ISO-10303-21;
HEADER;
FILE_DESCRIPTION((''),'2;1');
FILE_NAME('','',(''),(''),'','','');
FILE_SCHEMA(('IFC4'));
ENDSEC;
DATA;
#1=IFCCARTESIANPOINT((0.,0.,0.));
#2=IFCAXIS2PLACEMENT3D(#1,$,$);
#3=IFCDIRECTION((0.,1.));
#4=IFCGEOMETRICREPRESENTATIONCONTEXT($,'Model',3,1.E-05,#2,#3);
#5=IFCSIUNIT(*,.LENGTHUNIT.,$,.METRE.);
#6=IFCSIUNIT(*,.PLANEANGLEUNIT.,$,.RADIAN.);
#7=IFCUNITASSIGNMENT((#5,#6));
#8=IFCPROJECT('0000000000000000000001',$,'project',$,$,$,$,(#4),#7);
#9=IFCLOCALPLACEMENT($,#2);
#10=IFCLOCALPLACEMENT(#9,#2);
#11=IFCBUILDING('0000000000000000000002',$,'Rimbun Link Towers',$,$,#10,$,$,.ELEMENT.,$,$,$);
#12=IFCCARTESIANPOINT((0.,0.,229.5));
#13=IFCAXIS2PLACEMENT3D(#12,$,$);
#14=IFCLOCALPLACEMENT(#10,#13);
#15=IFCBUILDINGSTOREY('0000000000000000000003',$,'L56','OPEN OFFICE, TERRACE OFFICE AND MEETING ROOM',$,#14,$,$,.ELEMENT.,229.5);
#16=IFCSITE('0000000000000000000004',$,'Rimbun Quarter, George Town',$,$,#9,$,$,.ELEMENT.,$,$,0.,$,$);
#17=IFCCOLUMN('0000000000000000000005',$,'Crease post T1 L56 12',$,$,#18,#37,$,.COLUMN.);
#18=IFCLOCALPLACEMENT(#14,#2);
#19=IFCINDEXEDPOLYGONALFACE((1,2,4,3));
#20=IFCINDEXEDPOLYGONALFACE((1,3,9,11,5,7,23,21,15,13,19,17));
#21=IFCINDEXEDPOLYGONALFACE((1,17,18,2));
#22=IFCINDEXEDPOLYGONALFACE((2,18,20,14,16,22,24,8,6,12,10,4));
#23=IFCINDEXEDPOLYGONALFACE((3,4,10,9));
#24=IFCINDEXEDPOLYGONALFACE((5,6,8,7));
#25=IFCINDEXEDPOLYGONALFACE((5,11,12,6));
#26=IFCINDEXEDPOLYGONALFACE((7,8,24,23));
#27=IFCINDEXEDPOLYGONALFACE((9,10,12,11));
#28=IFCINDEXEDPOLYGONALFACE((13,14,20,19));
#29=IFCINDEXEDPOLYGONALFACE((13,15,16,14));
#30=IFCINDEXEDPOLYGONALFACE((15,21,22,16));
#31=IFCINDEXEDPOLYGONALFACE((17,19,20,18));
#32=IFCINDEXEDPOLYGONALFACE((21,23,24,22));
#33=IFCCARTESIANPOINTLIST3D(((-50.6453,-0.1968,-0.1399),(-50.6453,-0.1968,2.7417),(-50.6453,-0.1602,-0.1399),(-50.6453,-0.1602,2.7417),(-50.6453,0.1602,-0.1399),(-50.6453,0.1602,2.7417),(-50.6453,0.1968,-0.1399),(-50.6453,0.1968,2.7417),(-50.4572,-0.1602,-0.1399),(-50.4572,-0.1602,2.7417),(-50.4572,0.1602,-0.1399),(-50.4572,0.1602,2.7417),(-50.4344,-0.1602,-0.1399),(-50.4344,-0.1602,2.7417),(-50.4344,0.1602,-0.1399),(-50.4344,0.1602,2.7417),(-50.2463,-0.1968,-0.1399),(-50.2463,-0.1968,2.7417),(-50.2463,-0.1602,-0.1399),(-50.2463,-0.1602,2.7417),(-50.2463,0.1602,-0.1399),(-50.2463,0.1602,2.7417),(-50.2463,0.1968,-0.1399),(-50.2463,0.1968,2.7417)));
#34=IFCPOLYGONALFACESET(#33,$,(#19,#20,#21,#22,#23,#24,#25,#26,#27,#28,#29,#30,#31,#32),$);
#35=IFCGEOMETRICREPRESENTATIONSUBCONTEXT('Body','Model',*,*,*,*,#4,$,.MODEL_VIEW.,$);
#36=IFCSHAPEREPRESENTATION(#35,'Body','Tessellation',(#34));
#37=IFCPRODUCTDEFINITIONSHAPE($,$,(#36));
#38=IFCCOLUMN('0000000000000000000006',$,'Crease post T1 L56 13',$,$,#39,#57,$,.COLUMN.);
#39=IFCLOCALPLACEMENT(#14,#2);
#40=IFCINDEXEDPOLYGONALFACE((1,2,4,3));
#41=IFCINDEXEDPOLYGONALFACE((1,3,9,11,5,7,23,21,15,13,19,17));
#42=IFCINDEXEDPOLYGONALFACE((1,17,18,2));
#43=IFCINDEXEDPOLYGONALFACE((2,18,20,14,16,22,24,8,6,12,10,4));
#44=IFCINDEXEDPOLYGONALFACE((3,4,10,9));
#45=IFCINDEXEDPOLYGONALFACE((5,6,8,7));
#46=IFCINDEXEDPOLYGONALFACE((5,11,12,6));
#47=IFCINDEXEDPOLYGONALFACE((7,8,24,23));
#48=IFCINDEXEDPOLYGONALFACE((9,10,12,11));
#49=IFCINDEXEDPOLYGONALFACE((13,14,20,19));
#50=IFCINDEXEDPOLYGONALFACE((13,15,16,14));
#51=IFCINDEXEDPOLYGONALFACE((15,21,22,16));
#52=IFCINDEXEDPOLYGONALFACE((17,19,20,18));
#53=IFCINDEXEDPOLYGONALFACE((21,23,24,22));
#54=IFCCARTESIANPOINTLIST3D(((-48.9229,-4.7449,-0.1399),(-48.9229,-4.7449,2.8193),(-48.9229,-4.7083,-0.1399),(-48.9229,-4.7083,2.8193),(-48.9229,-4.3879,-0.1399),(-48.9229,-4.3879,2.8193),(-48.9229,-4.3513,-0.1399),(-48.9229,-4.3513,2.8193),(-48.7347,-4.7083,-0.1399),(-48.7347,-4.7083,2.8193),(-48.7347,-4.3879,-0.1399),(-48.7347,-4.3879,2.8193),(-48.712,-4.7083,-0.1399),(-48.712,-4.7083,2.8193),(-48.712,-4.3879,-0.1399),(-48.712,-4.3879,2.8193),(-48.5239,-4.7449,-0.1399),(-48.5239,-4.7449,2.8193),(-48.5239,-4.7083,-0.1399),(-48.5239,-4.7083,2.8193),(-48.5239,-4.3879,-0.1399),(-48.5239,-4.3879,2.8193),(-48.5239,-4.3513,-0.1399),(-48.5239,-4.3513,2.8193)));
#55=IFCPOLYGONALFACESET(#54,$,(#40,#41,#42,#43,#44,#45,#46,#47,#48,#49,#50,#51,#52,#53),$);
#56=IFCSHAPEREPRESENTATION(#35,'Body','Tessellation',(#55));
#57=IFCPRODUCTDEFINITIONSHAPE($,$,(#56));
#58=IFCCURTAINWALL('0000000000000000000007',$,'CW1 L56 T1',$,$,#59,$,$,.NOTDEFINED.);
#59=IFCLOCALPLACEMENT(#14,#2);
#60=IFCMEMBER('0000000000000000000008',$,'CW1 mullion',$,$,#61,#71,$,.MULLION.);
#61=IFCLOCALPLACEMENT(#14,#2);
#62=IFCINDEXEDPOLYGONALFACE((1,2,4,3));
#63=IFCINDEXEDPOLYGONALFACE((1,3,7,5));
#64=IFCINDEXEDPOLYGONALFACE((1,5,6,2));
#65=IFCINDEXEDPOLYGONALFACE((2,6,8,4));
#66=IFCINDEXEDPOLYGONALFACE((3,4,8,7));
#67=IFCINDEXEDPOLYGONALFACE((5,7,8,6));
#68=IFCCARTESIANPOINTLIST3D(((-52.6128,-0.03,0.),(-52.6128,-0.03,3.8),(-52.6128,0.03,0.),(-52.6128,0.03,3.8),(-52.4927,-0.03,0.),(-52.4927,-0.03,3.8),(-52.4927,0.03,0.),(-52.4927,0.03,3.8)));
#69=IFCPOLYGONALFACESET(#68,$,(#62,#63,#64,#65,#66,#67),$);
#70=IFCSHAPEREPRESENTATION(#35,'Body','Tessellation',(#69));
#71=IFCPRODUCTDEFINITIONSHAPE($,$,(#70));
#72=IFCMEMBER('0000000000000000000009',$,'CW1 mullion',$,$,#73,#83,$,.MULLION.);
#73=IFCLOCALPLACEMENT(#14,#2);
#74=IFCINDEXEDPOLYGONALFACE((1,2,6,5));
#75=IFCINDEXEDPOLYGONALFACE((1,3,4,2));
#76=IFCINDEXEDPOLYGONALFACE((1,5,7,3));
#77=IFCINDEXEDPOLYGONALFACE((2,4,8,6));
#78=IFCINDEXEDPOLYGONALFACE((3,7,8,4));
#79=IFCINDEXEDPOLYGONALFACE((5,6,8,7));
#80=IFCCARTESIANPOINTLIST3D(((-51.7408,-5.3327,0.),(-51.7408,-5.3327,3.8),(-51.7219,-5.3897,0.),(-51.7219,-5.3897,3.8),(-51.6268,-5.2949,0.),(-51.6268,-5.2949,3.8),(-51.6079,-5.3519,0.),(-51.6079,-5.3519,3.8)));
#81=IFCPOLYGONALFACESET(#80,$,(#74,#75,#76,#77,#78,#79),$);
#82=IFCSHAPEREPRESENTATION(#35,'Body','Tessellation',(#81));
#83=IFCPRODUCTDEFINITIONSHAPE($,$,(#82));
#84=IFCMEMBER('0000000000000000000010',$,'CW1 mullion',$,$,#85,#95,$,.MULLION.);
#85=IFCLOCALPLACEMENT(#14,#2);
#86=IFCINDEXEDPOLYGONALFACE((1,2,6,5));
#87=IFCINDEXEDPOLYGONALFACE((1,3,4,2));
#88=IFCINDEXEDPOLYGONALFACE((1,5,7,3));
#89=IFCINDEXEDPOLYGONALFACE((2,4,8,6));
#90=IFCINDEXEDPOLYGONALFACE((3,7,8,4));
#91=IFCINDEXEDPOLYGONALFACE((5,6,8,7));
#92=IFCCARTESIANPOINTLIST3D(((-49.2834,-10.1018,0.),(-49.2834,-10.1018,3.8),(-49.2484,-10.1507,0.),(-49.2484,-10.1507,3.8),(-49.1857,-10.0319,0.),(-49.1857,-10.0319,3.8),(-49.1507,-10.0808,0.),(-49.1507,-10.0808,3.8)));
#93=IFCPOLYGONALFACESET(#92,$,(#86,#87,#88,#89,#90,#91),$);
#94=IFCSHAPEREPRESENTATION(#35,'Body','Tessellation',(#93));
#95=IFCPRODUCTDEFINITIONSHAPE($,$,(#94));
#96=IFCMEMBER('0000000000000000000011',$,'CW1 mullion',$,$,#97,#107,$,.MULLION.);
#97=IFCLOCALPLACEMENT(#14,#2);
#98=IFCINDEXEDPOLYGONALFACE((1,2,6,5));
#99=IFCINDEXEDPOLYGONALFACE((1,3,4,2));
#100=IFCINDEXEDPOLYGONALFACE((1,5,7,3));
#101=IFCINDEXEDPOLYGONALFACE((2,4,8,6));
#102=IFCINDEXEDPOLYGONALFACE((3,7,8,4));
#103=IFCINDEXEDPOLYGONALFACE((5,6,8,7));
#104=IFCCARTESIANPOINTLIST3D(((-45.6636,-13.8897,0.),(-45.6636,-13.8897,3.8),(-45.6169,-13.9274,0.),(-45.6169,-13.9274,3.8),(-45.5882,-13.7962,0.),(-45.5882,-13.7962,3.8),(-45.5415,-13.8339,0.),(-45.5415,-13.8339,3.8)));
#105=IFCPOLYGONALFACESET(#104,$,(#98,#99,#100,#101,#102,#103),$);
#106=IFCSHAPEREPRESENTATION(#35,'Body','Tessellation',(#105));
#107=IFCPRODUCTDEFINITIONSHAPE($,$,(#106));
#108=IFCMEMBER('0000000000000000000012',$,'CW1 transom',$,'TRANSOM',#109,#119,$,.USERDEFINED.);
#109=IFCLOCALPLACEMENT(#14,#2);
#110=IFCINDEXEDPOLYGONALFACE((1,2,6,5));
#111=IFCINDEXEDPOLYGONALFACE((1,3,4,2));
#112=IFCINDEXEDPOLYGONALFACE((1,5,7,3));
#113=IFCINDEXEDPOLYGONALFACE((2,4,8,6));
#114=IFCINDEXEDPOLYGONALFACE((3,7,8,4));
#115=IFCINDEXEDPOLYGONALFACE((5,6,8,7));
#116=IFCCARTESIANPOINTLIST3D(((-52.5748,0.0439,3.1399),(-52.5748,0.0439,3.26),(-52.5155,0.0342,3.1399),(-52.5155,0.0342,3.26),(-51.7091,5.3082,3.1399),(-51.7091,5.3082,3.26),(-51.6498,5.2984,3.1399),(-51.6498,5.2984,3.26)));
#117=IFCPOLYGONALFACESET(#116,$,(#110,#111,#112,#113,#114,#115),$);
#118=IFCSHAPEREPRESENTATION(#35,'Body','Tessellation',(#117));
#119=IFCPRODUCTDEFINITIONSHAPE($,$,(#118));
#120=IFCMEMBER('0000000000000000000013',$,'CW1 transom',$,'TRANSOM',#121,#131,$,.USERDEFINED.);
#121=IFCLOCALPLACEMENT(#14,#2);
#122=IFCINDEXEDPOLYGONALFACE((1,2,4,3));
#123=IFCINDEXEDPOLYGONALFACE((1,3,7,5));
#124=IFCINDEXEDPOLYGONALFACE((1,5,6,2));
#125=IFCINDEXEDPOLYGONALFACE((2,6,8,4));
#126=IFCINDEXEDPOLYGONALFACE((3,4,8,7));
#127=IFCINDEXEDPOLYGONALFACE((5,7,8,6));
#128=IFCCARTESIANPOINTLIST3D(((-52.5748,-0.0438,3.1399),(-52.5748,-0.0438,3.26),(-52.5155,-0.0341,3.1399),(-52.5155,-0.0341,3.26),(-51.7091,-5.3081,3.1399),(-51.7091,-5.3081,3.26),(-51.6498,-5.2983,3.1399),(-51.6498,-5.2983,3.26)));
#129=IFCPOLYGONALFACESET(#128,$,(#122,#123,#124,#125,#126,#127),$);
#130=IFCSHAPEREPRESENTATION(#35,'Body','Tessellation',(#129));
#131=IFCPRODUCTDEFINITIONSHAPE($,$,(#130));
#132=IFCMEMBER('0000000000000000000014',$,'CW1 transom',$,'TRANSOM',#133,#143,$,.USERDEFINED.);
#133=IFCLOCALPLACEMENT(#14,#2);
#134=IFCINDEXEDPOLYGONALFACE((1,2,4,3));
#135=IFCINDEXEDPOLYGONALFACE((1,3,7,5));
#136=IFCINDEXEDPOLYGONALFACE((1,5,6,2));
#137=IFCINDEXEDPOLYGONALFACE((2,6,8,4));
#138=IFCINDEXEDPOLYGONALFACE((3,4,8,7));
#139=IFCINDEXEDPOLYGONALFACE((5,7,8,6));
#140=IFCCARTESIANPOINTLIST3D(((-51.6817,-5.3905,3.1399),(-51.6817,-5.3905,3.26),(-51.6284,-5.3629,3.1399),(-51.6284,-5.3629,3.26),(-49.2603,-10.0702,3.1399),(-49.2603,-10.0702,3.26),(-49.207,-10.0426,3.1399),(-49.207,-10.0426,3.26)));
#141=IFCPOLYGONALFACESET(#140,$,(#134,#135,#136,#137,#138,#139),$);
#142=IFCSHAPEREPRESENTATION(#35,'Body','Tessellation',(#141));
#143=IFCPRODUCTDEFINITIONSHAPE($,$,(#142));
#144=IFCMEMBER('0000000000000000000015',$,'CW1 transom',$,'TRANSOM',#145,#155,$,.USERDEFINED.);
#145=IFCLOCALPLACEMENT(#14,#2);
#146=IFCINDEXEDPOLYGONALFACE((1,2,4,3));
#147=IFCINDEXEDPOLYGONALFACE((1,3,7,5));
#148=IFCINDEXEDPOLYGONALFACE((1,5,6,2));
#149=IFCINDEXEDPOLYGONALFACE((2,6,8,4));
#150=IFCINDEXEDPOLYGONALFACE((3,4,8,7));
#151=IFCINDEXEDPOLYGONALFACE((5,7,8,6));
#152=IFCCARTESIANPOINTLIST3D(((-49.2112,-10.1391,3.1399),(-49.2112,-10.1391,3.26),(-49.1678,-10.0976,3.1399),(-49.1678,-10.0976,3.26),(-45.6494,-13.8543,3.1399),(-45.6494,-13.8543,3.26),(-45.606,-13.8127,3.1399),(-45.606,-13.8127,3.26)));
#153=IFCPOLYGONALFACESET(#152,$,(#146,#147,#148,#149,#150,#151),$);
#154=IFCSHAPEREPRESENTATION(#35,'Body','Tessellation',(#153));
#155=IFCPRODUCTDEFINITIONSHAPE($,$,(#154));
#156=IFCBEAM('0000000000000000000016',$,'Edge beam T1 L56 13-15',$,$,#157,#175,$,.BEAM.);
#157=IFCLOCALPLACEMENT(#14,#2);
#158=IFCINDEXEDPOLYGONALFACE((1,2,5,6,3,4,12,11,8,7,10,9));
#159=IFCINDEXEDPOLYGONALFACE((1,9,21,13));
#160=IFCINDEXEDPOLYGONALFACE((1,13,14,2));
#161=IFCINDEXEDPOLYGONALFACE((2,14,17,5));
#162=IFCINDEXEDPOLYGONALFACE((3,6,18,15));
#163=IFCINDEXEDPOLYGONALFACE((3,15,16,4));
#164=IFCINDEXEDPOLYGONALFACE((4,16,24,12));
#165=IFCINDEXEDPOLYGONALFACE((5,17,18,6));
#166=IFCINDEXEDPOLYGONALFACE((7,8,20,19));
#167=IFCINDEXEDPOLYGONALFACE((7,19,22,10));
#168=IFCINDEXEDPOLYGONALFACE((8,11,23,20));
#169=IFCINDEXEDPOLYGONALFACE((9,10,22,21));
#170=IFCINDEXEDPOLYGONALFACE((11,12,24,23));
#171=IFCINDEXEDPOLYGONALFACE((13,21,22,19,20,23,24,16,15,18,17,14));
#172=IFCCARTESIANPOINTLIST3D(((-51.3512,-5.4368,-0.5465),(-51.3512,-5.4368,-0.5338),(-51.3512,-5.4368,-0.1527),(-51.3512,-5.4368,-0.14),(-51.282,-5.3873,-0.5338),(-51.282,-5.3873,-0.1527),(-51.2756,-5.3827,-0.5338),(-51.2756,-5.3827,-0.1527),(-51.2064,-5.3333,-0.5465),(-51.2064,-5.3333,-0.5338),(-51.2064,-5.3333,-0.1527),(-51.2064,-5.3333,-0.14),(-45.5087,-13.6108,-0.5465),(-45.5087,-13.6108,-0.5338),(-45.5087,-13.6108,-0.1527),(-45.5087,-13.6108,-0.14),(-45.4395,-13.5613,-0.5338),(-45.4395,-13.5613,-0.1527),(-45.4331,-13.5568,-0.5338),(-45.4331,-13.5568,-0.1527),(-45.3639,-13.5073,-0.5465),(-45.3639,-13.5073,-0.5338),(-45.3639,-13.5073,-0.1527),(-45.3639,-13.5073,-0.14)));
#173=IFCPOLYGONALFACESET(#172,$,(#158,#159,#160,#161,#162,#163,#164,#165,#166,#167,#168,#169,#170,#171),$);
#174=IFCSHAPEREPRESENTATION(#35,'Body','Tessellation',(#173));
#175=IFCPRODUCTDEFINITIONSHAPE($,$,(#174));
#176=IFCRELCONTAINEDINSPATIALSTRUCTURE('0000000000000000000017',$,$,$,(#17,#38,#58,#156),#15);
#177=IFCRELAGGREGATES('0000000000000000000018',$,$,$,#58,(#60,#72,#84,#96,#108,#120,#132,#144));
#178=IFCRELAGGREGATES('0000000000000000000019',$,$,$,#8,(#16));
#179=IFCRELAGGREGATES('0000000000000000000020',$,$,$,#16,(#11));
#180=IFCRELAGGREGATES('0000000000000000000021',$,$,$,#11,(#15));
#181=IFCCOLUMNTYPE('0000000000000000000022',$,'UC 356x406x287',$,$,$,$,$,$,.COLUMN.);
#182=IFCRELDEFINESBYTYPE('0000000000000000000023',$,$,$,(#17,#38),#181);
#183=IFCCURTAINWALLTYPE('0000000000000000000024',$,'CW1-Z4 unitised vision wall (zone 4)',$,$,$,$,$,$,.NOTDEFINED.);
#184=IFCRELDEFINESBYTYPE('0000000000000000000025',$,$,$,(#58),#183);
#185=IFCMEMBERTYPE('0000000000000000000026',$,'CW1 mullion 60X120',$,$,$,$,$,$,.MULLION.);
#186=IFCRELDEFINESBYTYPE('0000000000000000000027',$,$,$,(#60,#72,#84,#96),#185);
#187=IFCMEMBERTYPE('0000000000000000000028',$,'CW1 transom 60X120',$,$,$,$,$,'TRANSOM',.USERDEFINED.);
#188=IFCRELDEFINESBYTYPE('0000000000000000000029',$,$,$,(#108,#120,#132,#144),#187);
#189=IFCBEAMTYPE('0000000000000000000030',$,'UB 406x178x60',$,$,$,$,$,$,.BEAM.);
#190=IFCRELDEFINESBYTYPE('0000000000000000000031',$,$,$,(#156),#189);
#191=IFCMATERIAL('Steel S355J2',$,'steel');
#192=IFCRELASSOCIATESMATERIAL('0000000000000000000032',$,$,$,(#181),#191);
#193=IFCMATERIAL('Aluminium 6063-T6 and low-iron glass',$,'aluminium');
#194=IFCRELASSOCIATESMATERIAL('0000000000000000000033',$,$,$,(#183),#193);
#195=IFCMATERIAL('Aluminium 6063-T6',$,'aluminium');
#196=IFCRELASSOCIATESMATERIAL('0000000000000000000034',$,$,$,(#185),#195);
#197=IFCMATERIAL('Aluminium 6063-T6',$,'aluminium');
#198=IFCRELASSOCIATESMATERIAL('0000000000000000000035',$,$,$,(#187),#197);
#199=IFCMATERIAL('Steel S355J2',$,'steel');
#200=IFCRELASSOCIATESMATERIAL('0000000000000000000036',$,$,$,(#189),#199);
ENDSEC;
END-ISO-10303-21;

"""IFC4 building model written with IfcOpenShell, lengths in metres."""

from ifc_helpers import new_model, si_unit, direction, frame, origin, origin_2d, place, context, subcontext, project, spatial, rectangle, i_section, extrude, material, material_profile, profile_set, type_object, element, aggregate, save


model = new_model("IFC4")

# Units and contexts
model_context = context("Model", 3, precision=1e-05, world=origin(), true_north=direction((0.0, 1.0)))
body_context = subcontext(model_context, "Body", "Model", "MODEL_VIEW")
ifc_project = project(units=[si_unit("LENGTHUNIT", "METRE"), si_unit("PLANEANGLEUNIT", "RADIAN")], contexts=[model_context])

# Site, building, storey
site_placement = place(None, origin())
site = spatial("IfcSite", under=ifc_project, at=site_placement, Name="Rimbun Quarter, George Town", CompositionType="ELEMENT", RefElevation=0.0)
building_placement = place(site_placement, origin())
building = spatial("IfcBuilding", under=site, at=building_placement, Name="Rimbun Link Towers", CompositionType="ELEMENT")
storey_placement = place(building_placement, frame((0.0, 0.0, 229.5)))
storey = spatial("IfcBuildingStorey", under=building, at=storey_placement, Name="L56", Description="OPEN OFFICE, TERRACE OFFICE AND MEETING ROOM", CompositionType="ELEMENT", Elevation=229.5)

# Columns
ifc_material_1 = material(Name="Steel S355J2", Category="steel")
ifc_material_profile_1 = material_profile(ifc_material_1, i_section(OverallWidth=0.3989, OverallDepth=0.3936, WebThickness=0.0227, FlangeThickness=0.0366, at=origin_2d()), Name="UC 356x406x287")
ifc_profile_set_1 = profile_set([ifc_material_profile_1], Name="Steel S355J2")
column_type = type_object("IfcColumnType", Name="UC 356x406x287", PredefinedType="COLUMN", material=ifc_profile_set_1)
column_1_placement = place(storey_placement, frame((-50.4458, 0.0, -0.1399), z_axis=(0.0, 0.0, 1.0), x_axis=(1.0, 0.0, 0.0)))
element("IfcColumn", 1, at=column_1_placement, inside=storey, type_object=column_type, Name="Crease post T1 L56 12", PredefinedType="COLUMN", context=body_context, shape_type="SweptSolid", body=[
    extrude(i_section(OverallWidth=0.3989, OverallDepth=0.3936, WebThickness=0.0227, FlangeThickness=0.0366, at=origin_2d()), origin(), (0.0, 0.0, 1.0), 2.8816),
])
column_2_placement = place(storey_placement, frame((-48.7234, -4.5481, -0.1399), z_axis=(0.0, 0.0, 1.0), x_axis=(1.0, 0.0, 0.0)))
element("IfcColumn", 2, at=column_2_placement, inside=storey, type_object=column_type, Name="Crease post T1 L56 13", PredefinedType="COLUMN", context=body_context, shape_type="SweptSolid", body=[
    extrude(i_section(OverallWidth=0.3989, OverallDepth=0.3936, WebThickness=0.0227, FlangeThickness=0.0366, at=origin_2d()), origin(), (0.0, 0.0, 1.0), 2.9592),
])

# Curtain wall, members
ifc_material_2 = material(Name="Aluminium 6063-T6 and low-iron glass", Category="aluminium")
curtain_wall_type = type_object("IfcCurtainWallType", Name="CW1-Z4 unitised vision wall (zone 4)", PredefinedType="NOTDEFINED", material=ifc_material_2)
curtain_wall_placement = place(storey_placement, origin())
curtain_wall = element("IfcCurtainWall", 3, at=curtain_wall_placement, inside=storey, type_object=curtain_wall_type, Name="CW1 L56 T1", PredefinedType="NOTDEFINED")
ifc_material_3 = material(Name="Aluminium 6063-T6", Category="aluminium")
ifc_material_profile_2 = material_profile(ifc_material_3, rectangle(XDim=0.1201, YDim=0.0601, at=origin_2d()), Name="MULLION 60X120")
ifc_profile_set_2 = profile_set([ifc_material_profile_2], Name="Aluminium 6063-T6")
member_type_1 = type_object("IfcMemberType", Name="CW1 mullion 60X120", PredefinedType="MULLION", material=ifc_profile_set_2)
member_1_placement = place(storey_placement, frame((-52.5527, 0.0, 0.0), z_axis=(0.0, 0.0, 1.0), x_axis=(-1.0, 0.0, 0.0)))
member_1 = element("IfcMember", 4, at=member_1_placement, type_object=member_type_1, Name="CW1 mullion", PredefinedType="MULLION", context=body_context, shape_type="SweptSolid", body=[
    extrude(rectangle(XDim=0.1201, YDim=0.0601, at=origin_2d()), origin(), (0.0, 0.0, 1.0), 3.8),
])
member_2_placement = place(storey_placement, frame((-51.6743, -5.3423, 0.0), z_axis=(0.0, 0.0, 1.0), x_axis=(-0.949161, -0.31479, 0.0)))
member_2 = element("IfcMember", 5, at=member_2_placement, type_object=member_type_1, Name="CW1 mullion", PredefinedType="MULLION", context=body_context, shape_type="SweptSolid", body=[
    extrude(rectangle(XDim=0.1201, YDim=0.0601, at=origin_2d()), origin(), (0.0, 0.0, 1.0), 3.8),
])
member_3_placement = place(storey_placement, frame((-49.217, -10.0913, 0.0), z_axis=(0.0, 0.0, 1.0), x_axis=(-0.813354, -0.58177, 0.0)))
member_3 = element("IfcMember", 6, at=member_3_placement, type_object=member_type_1, Name="CW1 mullion", PredefinedType="MULLION", context=body_context, shape_type="SweptSolid", body=[
    extrude(rectangle(XDim=0.1201, YDim=0.0601, at=origin_2d()), origin(), (0.0, 0.0, 1.0), 3.8),
])
member_4_placement = place(storey_placement, frame((-45.6025, -13.8618, 0.0), z_axis=(0.0, 0.0, 1.0), x_axis=(-0.627673, -0.778477, 0.0)))
member_4 = element("IfcMember", 7, at=member_4_placement, type_object=member_type_1, Name="CW1 mullion", PredefinedType="MULLION", context=body_context, shape_type="SweptSolid", body=[
    extrude(rectangle(XDim=0.1201, YDim=0.0601, at=origin_2d()), origin(), (0.0, 0.0, 1.0), 3.8),
])
ifc_material_4 = material(Name="Aluminium 6063-T6", Category="aluminium")
ifc_material_profile_3 = material_profile(ifc_material_4, rectangle(XDim=0.0601, YDim=0.1201, at=origin_2d()), Name="TRANSOM 60X120")
ifc_profile_set_3 = profile_set([ifc_material_profile_3], Name="Aluminium 6063-T6")
member_type_2 = type_object("IfcMemberType", Name="CW1 transom 60X120", ElementType="TRANSOM", PredefinedType="USERDEFINED", material=ifc_profile_set_3)
member_5_placement = place(storey_placement, frame((-52.5452, 0.0391, 3.2), z_axis=(0.162276, 0.986745, 0.0), x_axis=(-0.986745, 0.162276, 0.0)))
member_5 = element("IfcMember", 8, at=member_5_placement, type_object=member_type_2, Name="CW1 transom", ObjectType="TRANSOM", PredefinedType="USERDEFINED", context=body_context, shape_type="SweptSolid", body=[
    extrude(rectangle(XDim=0.0601, YDim=0.1201, at=origin_2d()), origin(), (0.0, 0.0, 1.0), 5.335),
])
member_6_placement = place(storey_placement, frame((-51.6794, -5.3032, 3.2), z_axis=(-0.162276, 0.986745, 0.0), x_axis=(-0.986745, -0.162276, 0.0)))
member_6 = element("IfcMember", 9, at=member_6_placement, type_object=member_type_2, Name="CW1 transom", ObjectType="TRANSOM", PredefinedType="USERDEFINED", context=body_context, shape_type="SweptSolid", body=[
    extrude(rectangle(XDim=0.0601, YDim=0.1201, at=origin_2d()), origin(), (0.0, 0.0, 1.0), 5.335),
])
member_7_placement = place(storey_placement, frame((-49.2336, -10.0564, 3.2), z_axis=(-0.459551, 0.888151, 0.0), x_axis=(-0.888151, -0.459551, 0.0)))
member_7 = element("IfcMember", 10, at=member_7_placement, type_object=member_type_2, Name="CW1 transom", ObjectType="TRANSOM", PredefinedType="USERDEFINED", context=body_context, shape_type="SweptSolid", body=[
    extrude(rectangle(XDim=0.0601, YDim=0.1201, at=origin_2d()), origin(), (0.0, 0.0, 1.0), 5.269),
])
member_8_placement = place(storey_placement, frame((-45.6277, -13.8335, 3.2), z_axis=(-0.692055, 0.721845, 0.0), x_axis=(-0.721845, -0.692055, 0.0)))
member_8 = element("IfcMember", 11, at=member_8_placement, type_object=member_type_2, Name="CW1 transom", ObjectType="TRANSOM", PredefinedType="USERDEFINED", context=body_context, shape_type="SweptSolid", body=[
    extrude(rectangle(XDim=0.0601, YDim=0.1201, at=origin_2d()), origin(), (0.0, 0.0, 1.0), 5.1467),
])

# Beam
ifc_material_5 = material(Name="Steel S355J2", Category="steel")
ifc_material_profile_4 = material_profile(ifc_material_5, i_section(OverallWidth=0.178, OverallDepth=0.4065, WebThickness=0.0078, FlangeThickness=0.0127, at=origin_2d()), Name="UB 406x178x60")
ifc_profile_set_4 = profile_set([ifc_material_profile_4], Name="Steel S355J2")
beam_type = type_object("IfcBeamType", Name="UB 406x178x60", PredefinedType="BEAM", material=ifc_profile_set_4)
beam_1_placement = place(storey_placement, frame((-51.2788, -5.385, -0.3433), z_axis=(0.581496, -0.81355, 0.0), x_axis=(0.81355, 0.581496, 0.0)))
element("IfcBeam", 12, at=beam_1_placement, inside=storey, type_object=beam_type, Name="Edge beam T1 L56 13-15", PredefinedType="BEAM", context=body_context, shape_type="SweptSolid", body=[
    extrude(i_section(OverallWidth=0.178, OverallDepth=0.4065, WebThickness=0.0078, FlangeThickness=0.0127, at=origin_2d()), origin(), (0.0, 0.0, 1.0), 10.0474),
])

aggregate(curtain_wall, [member_1, member_2, member_3, member_4, member_5, member_6, member_7, member_8])

save(model, "model.ifc")
